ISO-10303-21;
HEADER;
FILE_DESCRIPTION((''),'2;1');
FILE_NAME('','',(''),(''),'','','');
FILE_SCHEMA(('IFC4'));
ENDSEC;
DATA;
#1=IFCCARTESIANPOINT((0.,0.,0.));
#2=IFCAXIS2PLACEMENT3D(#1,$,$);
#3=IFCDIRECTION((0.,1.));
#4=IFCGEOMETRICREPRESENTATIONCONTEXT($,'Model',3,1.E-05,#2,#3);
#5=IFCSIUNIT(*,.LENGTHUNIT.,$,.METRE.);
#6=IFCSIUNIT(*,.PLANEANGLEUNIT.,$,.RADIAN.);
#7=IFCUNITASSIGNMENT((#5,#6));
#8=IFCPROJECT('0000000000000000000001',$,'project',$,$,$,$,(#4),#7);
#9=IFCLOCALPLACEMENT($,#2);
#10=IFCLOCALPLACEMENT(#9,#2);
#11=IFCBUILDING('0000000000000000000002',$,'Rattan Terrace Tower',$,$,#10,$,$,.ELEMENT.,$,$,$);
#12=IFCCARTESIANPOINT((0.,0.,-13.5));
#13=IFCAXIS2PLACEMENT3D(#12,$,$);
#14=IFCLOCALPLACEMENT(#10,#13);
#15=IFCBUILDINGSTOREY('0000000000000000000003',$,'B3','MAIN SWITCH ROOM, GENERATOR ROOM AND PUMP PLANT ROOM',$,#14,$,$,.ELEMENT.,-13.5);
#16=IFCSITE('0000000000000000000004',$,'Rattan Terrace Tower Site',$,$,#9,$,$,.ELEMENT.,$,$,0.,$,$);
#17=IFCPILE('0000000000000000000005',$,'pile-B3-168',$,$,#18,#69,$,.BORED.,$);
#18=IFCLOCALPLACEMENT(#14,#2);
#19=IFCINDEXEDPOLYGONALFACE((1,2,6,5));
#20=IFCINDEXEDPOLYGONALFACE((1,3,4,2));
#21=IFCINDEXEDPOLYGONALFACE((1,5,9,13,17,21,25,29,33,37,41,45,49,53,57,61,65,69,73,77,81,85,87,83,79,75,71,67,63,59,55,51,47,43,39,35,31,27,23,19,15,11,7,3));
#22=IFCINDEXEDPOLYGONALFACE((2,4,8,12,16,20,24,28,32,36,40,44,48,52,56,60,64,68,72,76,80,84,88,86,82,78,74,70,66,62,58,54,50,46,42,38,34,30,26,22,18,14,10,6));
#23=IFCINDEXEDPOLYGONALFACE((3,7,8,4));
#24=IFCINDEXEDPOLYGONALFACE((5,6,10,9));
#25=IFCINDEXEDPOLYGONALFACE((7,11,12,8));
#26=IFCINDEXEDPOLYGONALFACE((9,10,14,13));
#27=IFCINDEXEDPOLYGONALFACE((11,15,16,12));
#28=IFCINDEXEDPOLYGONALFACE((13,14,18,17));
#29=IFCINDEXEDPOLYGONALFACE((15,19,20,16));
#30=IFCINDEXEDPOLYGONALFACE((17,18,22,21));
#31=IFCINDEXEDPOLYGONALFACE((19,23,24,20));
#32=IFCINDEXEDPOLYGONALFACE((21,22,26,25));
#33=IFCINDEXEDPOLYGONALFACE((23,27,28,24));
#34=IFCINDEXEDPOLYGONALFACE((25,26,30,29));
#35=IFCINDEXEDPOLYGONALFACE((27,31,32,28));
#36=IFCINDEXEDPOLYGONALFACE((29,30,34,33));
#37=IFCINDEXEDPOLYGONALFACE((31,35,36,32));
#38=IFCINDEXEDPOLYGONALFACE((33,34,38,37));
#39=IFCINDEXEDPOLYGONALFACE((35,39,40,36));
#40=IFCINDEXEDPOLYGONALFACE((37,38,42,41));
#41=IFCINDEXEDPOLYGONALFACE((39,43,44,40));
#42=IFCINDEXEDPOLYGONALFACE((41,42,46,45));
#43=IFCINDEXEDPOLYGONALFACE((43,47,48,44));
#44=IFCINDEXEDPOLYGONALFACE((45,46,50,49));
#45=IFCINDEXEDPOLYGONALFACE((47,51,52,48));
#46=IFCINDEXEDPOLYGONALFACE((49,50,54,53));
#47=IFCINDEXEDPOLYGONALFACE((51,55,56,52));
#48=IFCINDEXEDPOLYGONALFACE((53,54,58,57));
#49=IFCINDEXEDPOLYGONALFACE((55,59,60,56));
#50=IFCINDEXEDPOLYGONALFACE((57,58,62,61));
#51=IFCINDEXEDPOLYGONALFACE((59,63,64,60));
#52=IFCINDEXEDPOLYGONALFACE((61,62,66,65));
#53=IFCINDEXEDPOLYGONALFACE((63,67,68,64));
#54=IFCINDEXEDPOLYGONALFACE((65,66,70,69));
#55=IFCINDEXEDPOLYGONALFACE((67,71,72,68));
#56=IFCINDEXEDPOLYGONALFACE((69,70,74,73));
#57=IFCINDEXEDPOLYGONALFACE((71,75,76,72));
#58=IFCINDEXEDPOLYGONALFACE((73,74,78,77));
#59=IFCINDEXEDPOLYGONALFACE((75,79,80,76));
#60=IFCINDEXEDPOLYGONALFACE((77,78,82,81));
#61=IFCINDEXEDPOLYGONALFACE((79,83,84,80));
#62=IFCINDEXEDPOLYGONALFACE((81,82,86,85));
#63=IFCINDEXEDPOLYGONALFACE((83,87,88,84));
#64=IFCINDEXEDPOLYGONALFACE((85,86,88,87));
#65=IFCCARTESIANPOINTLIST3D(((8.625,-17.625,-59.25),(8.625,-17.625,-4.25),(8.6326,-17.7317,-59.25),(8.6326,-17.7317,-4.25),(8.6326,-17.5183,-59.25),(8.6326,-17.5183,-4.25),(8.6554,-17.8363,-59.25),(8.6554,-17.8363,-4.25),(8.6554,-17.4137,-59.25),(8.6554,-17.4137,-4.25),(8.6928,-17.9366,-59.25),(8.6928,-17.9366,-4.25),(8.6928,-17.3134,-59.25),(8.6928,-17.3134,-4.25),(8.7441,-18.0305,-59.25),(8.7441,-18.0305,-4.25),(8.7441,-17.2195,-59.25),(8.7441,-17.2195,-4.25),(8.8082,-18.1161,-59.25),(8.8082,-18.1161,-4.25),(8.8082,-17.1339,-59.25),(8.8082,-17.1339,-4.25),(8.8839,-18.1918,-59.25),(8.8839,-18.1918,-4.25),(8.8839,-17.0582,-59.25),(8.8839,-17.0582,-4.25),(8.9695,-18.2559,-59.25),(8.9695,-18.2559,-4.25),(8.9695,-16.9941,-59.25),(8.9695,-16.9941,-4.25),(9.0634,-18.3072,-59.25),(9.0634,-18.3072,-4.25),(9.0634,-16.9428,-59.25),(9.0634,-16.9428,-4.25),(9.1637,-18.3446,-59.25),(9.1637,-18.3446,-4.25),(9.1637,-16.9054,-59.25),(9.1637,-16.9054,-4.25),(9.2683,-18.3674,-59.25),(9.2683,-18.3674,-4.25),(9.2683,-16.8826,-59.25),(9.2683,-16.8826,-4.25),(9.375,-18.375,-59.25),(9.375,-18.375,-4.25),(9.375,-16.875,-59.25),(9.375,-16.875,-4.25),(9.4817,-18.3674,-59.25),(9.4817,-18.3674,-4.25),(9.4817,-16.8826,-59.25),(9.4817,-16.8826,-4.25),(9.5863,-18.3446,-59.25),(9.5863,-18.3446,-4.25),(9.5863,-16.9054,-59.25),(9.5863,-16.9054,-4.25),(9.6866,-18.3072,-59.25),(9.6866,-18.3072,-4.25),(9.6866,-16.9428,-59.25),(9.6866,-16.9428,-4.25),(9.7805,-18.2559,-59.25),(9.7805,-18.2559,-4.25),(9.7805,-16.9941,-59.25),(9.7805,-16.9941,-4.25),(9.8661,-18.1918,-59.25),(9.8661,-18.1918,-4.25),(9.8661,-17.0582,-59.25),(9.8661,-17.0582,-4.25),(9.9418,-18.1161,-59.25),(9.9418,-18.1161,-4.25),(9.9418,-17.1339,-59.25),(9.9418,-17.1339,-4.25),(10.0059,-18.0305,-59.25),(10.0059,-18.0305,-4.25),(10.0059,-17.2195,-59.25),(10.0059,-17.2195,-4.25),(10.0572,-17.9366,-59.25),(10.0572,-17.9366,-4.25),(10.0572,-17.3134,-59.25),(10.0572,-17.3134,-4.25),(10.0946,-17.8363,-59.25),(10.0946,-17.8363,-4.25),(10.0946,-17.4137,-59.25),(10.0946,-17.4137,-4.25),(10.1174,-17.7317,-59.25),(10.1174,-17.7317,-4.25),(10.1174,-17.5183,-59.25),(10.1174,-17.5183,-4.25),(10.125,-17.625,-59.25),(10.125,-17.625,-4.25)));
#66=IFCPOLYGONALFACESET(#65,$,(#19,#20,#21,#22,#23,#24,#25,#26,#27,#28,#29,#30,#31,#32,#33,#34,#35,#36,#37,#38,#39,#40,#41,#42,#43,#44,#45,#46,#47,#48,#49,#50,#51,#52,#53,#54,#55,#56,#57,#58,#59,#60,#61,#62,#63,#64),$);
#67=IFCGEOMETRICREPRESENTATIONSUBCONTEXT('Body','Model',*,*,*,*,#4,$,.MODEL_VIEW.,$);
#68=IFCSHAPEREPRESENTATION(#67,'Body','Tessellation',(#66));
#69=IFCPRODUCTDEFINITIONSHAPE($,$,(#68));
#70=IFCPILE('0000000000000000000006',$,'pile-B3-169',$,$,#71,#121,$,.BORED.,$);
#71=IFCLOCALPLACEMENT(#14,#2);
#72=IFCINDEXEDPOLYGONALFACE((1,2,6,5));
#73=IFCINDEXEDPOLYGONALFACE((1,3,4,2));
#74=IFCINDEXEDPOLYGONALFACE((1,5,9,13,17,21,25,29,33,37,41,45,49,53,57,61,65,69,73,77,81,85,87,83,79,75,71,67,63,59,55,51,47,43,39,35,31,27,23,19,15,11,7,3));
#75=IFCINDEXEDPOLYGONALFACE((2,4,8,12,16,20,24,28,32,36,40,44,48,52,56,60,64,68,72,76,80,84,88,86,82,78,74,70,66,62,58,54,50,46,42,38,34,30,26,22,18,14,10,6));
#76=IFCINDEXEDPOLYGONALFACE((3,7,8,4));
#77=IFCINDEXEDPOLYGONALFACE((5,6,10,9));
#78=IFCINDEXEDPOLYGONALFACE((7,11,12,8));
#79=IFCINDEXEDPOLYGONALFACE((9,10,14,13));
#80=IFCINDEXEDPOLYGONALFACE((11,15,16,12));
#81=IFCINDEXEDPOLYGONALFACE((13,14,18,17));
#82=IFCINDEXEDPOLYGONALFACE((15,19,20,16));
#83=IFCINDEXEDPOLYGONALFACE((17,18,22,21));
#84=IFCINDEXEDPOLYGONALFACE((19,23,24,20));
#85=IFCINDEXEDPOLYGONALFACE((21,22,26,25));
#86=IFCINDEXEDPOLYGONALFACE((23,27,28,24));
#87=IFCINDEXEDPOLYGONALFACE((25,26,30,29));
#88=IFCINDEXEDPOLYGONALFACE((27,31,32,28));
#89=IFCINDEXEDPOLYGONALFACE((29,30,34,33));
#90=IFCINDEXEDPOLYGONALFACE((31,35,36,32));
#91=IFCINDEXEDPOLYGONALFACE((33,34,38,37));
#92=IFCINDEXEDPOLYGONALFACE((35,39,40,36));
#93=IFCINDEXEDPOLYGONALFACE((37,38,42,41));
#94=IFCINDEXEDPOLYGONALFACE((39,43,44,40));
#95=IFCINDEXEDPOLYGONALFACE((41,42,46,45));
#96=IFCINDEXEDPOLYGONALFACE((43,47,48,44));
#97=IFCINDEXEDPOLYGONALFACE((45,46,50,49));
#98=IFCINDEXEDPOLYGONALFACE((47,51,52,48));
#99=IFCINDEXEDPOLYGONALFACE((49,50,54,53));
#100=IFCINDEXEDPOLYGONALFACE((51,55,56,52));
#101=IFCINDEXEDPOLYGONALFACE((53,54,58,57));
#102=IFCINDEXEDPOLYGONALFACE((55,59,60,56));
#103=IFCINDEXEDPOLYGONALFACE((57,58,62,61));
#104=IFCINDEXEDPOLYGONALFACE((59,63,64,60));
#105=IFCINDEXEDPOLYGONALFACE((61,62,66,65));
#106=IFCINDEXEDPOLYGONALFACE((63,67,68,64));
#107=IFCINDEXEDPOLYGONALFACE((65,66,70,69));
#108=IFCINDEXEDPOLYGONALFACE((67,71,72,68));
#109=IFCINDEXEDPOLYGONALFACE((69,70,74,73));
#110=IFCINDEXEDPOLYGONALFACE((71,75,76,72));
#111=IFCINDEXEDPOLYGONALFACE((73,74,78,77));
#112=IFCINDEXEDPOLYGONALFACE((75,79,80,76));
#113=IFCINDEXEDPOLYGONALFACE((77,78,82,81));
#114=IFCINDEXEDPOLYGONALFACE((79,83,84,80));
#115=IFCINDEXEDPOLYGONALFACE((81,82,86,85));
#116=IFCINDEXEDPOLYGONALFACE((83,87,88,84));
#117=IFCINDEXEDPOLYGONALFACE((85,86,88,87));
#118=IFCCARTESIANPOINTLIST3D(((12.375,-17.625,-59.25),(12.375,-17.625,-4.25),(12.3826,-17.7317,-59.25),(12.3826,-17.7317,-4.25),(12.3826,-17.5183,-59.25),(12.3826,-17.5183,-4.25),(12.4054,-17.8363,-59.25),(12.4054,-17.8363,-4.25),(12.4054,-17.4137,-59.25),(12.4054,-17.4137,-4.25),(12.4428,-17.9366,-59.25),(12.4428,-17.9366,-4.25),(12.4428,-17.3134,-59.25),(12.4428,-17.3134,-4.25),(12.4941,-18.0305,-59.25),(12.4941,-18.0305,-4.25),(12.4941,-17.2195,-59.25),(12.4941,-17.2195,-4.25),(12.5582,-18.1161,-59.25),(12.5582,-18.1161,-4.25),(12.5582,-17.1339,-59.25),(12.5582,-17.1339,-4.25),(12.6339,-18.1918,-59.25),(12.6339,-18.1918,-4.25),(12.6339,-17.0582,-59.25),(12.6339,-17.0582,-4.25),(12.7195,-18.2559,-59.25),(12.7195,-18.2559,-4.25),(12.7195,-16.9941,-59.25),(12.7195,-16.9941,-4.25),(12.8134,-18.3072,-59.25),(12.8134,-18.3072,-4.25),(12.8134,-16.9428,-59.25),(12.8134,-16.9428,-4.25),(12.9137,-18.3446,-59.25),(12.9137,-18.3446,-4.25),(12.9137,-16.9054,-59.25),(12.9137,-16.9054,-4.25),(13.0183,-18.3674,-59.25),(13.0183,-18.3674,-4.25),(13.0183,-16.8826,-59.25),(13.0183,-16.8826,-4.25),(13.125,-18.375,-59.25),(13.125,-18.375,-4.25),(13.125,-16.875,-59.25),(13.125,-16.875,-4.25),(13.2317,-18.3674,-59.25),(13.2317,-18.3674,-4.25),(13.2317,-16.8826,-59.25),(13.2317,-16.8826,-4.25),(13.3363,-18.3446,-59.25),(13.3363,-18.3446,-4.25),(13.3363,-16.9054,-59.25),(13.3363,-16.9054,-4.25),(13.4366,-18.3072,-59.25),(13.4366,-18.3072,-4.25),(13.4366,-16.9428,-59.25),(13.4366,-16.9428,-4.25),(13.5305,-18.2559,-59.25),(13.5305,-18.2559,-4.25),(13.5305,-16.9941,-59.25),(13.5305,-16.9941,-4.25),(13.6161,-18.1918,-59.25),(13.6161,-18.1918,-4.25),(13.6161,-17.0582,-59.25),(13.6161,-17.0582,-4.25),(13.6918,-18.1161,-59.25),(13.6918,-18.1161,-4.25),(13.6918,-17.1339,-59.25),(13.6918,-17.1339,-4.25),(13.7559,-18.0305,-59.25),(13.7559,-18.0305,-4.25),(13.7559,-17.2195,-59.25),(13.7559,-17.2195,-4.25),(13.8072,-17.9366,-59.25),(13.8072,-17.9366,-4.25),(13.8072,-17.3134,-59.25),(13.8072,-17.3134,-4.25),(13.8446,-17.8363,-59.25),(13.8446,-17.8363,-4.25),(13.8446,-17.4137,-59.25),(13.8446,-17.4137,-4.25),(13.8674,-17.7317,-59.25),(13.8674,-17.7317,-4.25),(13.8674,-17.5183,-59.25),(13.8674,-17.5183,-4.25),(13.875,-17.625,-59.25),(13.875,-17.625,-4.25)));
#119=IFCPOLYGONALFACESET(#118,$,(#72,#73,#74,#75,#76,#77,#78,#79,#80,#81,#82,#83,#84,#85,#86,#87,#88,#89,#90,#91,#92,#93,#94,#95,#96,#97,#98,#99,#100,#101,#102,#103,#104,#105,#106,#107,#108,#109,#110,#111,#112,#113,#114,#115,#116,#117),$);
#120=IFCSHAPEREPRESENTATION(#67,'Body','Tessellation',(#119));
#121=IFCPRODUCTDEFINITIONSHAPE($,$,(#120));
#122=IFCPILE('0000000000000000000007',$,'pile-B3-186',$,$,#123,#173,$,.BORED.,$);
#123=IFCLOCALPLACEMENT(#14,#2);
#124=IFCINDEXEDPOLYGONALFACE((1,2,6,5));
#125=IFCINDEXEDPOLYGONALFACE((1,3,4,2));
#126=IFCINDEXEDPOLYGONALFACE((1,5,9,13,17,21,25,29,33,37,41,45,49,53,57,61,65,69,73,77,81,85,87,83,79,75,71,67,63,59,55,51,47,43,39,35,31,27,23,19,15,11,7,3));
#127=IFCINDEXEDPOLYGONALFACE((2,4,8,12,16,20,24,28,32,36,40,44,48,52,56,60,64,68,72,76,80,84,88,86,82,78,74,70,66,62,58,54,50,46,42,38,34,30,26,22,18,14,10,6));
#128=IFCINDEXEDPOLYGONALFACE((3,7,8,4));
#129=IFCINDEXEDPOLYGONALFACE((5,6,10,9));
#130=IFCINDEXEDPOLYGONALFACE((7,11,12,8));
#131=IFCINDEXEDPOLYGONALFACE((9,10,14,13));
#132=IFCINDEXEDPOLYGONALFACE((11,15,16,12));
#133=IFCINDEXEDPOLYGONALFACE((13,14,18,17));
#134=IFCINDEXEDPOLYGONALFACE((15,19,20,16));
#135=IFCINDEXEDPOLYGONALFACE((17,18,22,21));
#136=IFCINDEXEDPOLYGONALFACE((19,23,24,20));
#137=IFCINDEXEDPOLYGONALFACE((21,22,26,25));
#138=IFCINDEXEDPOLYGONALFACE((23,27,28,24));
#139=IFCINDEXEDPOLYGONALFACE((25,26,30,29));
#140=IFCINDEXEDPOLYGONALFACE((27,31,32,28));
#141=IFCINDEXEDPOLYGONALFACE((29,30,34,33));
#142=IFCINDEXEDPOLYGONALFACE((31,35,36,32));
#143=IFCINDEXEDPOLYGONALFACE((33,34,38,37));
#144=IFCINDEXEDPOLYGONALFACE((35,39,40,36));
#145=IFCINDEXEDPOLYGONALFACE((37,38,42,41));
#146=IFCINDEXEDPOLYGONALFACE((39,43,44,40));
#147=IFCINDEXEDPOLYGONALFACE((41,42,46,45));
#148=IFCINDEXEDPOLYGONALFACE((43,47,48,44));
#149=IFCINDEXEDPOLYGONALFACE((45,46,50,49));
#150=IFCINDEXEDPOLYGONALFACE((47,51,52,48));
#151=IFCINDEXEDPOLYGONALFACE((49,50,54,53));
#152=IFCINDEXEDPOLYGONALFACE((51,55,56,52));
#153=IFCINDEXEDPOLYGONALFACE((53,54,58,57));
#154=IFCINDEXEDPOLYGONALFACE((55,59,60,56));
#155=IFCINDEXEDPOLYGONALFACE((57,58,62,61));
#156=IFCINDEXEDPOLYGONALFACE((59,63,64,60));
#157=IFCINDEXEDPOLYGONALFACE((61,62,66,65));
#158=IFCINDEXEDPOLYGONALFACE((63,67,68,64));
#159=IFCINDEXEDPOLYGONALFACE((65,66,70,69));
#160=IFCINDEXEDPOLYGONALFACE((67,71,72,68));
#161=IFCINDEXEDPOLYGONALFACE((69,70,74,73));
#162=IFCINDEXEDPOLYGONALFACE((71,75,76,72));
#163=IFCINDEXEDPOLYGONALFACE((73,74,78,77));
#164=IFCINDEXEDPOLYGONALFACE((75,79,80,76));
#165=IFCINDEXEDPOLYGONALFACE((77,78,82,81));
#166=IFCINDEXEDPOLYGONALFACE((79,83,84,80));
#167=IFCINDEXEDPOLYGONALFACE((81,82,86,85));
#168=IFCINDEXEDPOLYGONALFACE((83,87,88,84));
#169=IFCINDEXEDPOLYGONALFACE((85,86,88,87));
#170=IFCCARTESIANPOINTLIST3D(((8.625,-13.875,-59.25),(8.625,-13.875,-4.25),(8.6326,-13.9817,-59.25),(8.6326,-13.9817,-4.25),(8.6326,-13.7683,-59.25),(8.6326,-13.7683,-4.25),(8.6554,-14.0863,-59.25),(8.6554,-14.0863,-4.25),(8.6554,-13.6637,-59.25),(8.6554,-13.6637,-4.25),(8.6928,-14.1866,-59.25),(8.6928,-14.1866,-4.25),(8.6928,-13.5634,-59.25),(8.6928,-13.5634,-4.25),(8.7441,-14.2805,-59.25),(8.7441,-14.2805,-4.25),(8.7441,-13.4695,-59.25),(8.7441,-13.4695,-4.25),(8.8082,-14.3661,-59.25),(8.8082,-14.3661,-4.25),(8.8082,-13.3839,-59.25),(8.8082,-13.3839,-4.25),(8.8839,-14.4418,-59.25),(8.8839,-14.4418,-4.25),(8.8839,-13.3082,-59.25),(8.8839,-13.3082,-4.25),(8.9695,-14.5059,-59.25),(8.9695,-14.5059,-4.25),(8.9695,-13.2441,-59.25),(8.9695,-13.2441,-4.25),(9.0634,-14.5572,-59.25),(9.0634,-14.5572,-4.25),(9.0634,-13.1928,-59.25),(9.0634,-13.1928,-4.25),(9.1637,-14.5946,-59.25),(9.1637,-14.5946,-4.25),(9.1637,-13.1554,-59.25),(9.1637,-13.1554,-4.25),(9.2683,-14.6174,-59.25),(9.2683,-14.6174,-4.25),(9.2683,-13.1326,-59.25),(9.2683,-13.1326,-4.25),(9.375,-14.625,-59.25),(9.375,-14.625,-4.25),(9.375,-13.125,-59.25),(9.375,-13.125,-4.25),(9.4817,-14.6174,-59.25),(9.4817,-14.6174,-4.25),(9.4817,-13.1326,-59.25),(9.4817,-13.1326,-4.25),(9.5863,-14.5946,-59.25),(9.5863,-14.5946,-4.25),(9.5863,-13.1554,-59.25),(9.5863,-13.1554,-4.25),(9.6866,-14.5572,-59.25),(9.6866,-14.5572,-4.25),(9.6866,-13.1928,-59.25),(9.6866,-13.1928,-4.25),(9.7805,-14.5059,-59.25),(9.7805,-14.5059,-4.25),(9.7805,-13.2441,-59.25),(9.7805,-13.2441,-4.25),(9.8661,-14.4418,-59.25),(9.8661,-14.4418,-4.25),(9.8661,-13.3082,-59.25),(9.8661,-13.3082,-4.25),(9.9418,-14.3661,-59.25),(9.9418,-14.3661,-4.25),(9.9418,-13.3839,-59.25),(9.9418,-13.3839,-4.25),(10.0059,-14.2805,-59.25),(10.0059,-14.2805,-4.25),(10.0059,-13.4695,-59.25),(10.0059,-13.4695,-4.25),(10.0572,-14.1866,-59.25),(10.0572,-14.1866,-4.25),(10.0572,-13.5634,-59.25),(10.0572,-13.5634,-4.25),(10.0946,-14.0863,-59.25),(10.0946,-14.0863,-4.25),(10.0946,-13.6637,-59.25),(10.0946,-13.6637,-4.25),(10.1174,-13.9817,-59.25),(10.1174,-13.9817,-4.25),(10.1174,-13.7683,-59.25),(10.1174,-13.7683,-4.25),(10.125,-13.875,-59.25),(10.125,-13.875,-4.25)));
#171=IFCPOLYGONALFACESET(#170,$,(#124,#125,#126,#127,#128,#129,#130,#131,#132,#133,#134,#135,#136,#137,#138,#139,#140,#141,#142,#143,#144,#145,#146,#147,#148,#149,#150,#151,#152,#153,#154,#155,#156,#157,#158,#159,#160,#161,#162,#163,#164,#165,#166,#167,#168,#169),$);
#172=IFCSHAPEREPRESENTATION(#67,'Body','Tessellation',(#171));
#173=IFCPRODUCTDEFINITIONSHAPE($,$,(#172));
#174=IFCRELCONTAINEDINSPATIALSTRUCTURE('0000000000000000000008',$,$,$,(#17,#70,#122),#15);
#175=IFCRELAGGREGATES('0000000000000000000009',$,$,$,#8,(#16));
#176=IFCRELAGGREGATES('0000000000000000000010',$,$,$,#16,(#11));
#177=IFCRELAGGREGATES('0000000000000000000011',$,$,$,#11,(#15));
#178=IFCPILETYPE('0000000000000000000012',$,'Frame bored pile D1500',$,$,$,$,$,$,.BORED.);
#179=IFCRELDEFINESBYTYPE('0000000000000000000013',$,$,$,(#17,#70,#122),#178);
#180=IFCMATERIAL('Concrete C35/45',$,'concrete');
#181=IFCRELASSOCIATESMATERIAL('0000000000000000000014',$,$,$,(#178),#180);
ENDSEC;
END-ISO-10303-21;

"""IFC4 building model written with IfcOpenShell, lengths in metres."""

from ifc_helpers import new_model, si_unit, direction, frame, origin, origin_2d, place, context, subcontext, project, spatial, circle, extrude, material, material_profile, profile_set, type_object, element, save


model = new_model("IFC4")

# Units and contexts
model_context = context("Model", 3, precision=1e-05, world=origin(), true_north=direction((0.0, 1.0)))
body_context = subcontext(model_context, "Body", "Model", "MODEL_VIEW")
ifc_project = project(units=[si_unit("LENGTHUNIT", "METRE"), si_unit("PLANEANGLEUNIT", "RADIAN")], contexts=[model_context])

# Site, building, storey
site_placement = place(None, origin())
site = spatial("IfcSite", under=ifc_project, at=site_placement, Name="Rattan Terrace Tower Site", CompositionType="ELEMENT", RefElevation=0.0)
building_placement = place(site_placement, origin())
building = spatial("IfcBuilding", under=site, at=building_placement, Name="Rattan Terrace Tower", CompositionType="ELEMENT")
storey_placement = place(building_placement, frame((0.0, 0.0, -13.5)))
storey = spatial("IfcBuildingStorey", under=building, at=storey_placement, Name="B3", Description="MAIN SWITCH ROOM, GENERATOR ROOM AND PUMP PLANT ROOM", CompositionType="ELEMENT", Elevation=-13.5)

# Piles
ifc_material_1 = material(Name="Concrete C35/45", Category="concrete")
ifc_material_profile_1 = material_profile(ifc_material_1, circle(Radius=0.75, at=origin_2d()), Name="PILE D1500")
ifc_profile_set_1 = profile_set([ifc_material_profile_1], Name="Concrete C35/45")
pile_type = type_object("IfcPileType", Name="Frame bored pile D1500", PredefinedType="BORED", material=ifc_profile_set_1)
for number, where, z_axis, x_axis, name in (
    (1, (9.375, -17.625, -4.25), (0.0, 0.0, -1.0), (1.0, 0.0, 0.0), "pile-B3-168"),
    (2, (13.125, -17.625, -4.25), (0.0, 0.0, -1.0), (1.0, 0.0, 0.0), "pile-B3-169"),
    (3, (9.375, -13.875, -4.25), (0.0, 0.0, -1.0), (1.0, 0.0, 0.0), "pile-B3-186"),
):
    element("IfcPile", number, at=place(storey_placement, frame(where, z_axis=z_axis, x_axis=x_axis)), inside=storey, type_object=pile_type, Name=name, PredefinedType="BORED", context=body_context, shape_type="SweptSolid", body=[
        extrude(circle(Radius=0.75, at=origin_2d()), origin(), (0.0, 0.0, 1.0), 55.0),
    ])

save(model, "model.ifc")
